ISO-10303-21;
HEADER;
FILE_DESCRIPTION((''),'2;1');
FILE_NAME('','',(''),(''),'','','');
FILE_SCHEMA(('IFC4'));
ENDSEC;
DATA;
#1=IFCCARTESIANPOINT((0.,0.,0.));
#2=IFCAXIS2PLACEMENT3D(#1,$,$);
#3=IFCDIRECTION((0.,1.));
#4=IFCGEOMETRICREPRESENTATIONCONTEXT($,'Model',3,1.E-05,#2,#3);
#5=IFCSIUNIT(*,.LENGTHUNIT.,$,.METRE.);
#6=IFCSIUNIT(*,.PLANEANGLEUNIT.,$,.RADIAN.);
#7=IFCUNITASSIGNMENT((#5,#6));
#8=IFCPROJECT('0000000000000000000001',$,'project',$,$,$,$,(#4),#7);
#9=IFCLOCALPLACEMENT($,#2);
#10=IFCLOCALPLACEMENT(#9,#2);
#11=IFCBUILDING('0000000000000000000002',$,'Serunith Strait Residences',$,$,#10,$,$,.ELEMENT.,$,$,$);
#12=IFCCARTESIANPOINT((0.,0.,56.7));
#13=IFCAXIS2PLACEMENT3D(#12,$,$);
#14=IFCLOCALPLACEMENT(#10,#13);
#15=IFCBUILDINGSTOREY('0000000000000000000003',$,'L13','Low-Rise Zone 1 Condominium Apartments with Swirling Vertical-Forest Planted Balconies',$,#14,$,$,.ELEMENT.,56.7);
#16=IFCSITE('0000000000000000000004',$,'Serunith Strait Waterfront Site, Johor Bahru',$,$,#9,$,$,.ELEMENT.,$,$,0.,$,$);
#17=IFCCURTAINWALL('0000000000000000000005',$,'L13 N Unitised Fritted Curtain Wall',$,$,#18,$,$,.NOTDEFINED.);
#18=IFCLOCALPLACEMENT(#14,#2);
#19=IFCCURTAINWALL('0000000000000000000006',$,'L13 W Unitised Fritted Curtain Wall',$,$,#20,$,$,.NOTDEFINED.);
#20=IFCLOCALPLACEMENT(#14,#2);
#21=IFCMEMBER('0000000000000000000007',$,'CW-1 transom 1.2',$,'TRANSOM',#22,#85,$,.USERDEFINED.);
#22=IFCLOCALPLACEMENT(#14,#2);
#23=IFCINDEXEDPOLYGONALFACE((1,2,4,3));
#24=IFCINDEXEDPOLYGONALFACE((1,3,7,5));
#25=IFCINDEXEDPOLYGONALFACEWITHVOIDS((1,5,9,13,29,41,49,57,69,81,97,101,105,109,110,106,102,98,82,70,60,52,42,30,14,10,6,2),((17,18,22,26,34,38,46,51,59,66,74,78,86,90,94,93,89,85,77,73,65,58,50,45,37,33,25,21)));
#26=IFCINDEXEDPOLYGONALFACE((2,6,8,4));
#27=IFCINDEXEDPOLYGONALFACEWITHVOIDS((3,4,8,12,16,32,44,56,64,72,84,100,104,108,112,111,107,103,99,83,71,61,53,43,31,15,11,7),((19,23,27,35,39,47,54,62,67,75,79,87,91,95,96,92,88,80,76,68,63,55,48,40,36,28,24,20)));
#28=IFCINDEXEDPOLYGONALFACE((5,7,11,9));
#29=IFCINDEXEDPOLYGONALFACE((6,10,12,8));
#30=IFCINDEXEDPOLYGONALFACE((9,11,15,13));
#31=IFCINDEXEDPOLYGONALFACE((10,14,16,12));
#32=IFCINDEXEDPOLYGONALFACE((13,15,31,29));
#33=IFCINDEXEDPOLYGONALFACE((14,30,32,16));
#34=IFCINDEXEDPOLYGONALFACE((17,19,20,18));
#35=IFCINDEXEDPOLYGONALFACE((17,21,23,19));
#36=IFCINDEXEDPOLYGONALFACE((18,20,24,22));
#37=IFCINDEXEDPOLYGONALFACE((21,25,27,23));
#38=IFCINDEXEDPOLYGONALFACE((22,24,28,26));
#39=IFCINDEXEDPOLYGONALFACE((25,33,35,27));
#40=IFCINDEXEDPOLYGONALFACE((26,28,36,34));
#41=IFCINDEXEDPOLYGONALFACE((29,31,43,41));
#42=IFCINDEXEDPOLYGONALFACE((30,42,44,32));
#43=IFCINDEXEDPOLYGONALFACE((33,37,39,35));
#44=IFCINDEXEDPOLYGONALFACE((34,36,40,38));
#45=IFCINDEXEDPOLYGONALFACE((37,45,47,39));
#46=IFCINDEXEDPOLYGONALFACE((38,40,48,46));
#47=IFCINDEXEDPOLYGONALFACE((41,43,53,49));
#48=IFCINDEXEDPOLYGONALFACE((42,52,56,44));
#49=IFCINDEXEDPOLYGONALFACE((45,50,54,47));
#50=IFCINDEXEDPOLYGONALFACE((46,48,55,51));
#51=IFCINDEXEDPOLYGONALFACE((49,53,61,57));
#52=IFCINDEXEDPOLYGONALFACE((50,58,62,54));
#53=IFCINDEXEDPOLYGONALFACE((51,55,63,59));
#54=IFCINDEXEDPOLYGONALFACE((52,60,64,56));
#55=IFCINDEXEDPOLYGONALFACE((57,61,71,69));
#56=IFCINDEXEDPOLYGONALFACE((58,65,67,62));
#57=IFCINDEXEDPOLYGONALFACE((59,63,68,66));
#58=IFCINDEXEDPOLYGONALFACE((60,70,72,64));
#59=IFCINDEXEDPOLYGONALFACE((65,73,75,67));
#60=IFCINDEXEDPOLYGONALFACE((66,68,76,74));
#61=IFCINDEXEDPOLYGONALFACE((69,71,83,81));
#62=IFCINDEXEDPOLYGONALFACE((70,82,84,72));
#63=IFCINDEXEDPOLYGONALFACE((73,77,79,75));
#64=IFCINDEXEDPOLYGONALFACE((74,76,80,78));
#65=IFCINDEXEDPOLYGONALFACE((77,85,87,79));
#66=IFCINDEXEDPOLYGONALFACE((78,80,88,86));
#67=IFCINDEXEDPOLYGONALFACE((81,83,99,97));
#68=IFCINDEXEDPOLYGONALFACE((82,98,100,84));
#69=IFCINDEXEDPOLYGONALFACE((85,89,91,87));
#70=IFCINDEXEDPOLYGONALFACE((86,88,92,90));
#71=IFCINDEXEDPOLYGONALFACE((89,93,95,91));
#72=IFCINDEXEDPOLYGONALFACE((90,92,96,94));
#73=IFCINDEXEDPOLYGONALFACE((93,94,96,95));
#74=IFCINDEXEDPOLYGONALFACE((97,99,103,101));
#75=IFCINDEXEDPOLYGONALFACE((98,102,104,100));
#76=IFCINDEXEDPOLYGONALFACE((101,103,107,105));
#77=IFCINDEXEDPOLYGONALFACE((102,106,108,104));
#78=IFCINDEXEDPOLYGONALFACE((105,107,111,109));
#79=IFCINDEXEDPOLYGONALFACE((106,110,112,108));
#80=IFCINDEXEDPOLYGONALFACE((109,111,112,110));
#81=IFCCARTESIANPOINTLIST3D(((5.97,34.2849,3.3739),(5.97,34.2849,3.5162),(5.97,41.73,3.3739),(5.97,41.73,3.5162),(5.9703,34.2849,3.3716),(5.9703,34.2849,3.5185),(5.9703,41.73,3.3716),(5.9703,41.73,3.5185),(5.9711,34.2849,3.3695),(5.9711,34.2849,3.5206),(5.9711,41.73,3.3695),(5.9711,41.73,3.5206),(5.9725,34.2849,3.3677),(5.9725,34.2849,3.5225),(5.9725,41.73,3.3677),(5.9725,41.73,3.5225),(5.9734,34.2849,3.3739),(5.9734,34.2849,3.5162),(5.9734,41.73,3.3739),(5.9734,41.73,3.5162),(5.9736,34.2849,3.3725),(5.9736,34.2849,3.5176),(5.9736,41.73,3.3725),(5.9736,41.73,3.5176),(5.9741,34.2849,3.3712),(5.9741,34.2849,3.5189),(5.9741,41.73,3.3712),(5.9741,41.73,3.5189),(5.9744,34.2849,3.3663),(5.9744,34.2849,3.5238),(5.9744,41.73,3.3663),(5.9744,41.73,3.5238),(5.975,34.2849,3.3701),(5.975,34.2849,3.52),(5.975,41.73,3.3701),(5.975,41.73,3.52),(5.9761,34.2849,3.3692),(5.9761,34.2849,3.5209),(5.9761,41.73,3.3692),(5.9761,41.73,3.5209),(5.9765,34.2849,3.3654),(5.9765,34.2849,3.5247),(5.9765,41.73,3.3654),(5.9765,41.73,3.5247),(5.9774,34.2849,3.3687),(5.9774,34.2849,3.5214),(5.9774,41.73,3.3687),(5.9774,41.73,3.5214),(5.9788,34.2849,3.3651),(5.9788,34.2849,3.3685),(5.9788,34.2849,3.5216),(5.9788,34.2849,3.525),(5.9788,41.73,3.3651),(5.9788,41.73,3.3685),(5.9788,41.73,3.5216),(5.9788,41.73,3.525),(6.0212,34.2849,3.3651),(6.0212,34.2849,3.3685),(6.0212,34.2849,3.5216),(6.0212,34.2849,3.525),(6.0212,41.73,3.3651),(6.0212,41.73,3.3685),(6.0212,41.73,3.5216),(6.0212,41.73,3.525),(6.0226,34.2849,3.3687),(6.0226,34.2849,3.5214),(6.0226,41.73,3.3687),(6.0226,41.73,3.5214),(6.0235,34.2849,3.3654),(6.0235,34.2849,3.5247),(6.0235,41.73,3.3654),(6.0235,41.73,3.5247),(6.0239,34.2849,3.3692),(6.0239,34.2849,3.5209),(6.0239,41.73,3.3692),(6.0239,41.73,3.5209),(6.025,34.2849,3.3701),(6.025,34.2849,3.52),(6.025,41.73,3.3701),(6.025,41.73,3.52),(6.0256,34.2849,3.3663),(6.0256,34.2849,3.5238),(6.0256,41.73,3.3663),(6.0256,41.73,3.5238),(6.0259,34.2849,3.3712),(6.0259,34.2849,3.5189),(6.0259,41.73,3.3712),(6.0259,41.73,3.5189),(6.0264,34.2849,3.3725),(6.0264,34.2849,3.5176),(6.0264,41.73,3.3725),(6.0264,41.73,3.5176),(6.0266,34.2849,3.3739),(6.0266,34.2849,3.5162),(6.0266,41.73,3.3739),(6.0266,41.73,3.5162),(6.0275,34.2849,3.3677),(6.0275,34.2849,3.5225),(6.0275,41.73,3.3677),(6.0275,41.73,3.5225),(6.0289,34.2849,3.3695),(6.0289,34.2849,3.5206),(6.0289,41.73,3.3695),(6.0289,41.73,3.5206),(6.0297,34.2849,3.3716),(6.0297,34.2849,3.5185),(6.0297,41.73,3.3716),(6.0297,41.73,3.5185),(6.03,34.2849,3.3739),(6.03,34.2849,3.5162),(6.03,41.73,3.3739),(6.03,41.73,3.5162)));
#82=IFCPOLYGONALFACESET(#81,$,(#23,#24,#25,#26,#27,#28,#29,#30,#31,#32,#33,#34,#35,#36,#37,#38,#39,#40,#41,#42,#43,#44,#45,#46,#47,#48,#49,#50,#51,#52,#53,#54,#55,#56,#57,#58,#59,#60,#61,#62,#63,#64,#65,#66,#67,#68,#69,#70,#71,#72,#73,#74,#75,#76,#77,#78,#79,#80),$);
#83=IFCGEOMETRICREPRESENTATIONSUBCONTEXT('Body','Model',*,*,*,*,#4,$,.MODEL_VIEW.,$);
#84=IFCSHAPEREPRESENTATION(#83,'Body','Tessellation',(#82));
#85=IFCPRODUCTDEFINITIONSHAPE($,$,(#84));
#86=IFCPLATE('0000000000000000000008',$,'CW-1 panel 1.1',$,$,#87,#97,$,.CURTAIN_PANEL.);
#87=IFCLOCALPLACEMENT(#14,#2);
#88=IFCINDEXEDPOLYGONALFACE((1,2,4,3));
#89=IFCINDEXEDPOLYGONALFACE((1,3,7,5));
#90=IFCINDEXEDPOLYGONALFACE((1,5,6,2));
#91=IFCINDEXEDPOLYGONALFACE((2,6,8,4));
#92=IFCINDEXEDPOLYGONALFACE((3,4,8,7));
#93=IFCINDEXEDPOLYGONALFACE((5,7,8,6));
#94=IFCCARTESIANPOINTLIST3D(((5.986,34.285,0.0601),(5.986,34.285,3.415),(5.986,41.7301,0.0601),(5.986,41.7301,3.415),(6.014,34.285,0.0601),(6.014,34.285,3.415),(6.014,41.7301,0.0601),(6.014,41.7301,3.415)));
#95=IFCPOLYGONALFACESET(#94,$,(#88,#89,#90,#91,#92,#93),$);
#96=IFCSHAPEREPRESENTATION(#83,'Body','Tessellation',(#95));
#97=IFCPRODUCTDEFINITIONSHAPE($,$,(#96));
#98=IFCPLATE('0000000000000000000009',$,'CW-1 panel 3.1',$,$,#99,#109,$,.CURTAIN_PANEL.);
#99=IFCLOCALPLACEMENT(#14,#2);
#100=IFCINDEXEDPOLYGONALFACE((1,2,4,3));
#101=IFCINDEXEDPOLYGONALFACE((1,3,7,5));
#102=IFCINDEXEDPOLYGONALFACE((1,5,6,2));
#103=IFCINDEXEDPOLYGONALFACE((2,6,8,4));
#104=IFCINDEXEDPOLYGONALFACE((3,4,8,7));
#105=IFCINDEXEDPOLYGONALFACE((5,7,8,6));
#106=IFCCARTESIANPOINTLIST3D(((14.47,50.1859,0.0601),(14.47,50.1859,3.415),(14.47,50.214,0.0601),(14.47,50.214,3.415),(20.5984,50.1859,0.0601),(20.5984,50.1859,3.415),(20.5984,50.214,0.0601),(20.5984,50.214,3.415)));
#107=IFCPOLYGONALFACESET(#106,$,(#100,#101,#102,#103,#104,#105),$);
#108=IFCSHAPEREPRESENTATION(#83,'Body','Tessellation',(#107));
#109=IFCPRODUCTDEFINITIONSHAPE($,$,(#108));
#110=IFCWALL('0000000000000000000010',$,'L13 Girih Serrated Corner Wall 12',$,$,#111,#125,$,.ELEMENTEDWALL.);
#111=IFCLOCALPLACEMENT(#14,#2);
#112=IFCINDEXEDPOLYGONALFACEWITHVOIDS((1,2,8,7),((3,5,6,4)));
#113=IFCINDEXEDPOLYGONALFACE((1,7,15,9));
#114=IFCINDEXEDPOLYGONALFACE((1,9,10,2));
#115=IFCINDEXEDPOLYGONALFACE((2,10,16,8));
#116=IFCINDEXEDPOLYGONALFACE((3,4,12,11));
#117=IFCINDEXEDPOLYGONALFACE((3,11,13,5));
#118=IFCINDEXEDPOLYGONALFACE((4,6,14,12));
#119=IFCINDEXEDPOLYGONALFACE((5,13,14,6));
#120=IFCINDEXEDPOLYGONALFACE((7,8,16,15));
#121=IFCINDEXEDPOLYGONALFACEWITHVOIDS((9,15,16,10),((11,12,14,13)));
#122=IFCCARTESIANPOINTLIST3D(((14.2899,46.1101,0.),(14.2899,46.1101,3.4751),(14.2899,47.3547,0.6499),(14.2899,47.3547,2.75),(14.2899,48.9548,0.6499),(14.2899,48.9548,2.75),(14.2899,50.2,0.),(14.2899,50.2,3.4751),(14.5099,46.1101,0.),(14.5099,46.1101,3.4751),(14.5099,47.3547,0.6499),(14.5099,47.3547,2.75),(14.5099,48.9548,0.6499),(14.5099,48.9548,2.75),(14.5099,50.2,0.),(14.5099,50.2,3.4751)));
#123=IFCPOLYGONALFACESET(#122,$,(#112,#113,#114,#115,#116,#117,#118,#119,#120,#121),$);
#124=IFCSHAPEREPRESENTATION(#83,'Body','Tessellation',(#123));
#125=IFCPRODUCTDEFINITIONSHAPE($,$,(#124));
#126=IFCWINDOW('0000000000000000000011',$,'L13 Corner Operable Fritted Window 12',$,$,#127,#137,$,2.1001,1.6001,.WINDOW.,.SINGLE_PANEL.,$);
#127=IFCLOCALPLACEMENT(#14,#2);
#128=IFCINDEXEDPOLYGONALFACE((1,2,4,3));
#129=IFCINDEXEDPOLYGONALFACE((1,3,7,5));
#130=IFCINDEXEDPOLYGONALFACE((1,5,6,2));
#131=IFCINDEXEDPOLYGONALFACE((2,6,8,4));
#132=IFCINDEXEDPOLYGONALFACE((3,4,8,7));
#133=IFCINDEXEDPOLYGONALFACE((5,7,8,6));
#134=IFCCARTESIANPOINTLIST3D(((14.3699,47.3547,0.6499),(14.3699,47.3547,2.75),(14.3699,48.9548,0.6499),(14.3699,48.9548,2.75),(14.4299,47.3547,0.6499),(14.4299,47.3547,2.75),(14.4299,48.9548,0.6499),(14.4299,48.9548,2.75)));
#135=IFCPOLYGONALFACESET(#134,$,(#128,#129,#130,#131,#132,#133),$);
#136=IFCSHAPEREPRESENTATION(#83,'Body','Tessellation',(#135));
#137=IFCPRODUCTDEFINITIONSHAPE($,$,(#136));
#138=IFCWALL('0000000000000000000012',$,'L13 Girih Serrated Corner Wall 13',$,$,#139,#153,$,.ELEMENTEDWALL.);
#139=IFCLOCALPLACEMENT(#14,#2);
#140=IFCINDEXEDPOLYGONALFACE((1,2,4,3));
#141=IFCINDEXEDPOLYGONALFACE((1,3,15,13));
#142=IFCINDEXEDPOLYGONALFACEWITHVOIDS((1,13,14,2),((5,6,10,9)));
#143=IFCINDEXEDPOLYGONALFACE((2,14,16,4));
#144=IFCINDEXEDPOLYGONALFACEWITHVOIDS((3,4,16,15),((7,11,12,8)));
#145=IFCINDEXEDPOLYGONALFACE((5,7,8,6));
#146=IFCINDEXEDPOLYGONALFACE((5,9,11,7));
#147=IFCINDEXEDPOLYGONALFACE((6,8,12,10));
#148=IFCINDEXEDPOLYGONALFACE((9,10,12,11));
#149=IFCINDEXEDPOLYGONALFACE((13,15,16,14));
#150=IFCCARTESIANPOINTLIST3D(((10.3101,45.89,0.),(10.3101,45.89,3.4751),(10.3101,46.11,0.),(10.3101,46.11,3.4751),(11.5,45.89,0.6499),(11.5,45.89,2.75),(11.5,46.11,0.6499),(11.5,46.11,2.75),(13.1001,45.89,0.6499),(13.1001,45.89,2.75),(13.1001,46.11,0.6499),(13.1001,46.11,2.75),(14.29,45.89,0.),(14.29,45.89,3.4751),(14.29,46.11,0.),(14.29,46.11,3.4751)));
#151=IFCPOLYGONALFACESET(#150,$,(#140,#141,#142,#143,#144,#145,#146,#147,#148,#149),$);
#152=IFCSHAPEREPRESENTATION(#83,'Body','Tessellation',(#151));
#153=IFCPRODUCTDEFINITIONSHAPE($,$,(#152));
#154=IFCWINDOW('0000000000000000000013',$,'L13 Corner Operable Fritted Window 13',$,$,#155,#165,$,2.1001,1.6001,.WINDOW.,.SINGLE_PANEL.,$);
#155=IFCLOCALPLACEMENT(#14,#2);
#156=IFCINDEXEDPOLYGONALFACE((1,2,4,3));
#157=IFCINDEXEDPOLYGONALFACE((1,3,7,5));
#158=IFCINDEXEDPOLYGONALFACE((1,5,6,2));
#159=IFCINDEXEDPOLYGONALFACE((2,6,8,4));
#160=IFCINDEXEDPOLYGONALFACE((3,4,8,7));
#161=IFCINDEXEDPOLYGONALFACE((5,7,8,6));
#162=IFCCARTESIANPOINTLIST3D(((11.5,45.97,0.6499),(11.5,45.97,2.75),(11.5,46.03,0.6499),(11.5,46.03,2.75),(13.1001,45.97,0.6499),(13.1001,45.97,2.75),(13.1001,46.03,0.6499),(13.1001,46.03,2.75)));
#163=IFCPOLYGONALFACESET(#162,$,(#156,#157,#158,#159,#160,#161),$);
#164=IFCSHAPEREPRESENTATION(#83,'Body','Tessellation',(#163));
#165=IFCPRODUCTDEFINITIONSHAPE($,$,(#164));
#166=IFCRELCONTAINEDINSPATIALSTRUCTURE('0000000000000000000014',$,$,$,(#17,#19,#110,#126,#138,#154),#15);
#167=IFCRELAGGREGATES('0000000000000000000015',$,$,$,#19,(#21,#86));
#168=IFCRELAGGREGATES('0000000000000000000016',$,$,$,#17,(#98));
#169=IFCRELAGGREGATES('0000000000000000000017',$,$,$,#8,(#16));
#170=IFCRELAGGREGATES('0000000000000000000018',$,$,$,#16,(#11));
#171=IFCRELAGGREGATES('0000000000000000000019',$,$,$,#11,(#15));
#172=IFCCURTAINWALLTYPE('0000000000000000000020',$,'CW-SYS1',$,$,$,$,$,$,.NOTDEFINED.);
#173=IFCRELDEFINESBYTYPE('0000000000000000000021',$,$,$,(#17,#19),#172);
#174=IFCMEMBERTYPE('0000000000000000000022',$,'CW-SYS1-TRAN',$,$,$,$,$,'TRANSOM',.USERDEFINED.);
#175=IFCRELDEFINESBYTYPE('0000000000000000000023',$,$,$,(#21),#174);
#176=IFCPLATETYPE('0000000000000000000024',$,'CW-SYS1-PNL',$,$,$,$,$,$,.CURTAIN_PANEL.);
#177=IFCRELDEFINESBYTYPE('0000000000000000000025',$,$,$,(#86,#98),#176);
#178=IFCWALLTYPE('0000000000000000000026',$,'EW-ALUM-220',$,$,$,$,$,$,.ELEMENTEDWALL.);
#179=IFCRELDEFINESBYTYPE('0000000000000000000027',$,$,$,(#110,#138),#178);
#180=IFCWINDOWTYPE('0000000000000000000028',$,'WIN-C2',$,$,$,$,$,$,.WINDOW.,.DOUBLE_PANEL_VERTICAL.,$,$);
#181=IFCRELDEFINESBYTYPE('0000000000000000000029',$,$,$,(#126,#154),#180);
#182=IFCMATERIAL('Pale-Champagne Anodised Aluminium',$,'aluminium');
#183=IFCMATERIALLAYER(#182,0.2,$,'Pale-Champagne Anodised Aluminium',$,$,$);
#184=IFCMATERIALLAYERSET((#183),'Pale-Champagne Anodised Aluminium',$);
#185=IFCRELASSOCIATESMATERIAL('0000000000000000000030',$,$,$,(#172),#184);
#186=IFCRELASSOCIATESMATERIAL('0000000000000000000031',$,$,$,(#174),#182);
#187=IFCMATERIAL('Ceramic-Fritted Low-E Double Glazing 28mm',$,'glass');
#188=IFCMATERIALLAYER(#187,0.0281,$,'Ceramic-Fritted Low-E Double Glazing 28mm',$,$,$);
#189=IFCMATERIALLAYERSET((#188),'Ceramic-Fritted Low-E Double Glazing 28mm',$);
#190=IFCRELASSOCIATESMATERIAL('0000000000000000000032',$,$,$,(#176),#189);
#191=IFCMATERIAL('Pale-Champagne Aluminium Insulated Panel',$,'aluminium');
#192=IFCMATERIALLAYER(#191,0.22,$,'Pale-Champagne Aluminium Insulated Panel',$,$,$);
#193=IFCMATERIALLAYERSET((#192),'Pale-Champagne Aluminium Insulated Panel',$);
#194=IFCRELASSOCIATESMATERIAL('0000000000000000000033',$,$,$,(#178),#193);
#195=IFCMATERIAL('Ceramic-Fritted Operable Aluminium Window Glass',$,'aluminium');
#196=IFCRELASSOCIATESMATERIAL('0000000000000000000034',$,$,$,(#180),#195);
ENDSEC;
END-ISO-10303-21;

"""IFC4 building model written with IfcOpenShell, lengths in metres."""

from ifc_helpers import new_model, si_unit, direction, frame, frame_2d, origin, origin_2d, place, context, subcontext, project, spatial, rectangle, hollow_rectangle, extrude, source, transform, mapped, material, layer, layer_set, material_profile, profile_set, type_object, element, fill, aggregate, save


model = new_model("IFC4")

# Units and contexts
model_context = context("Model", 3, precision=1e-05, world=origin(), true_north=direction((0.0, 1.0)))
body_context = subcontext(model_context, "Body", "Model", "MODEL_VIEW")
ifc_project = project(units=[si_unit("LENGTHUNIT", "METRE"), si_unit("PLANEANGLEUNIT", "RADIAN")], contexts=[model_context])

# Site, building, storey
site_placement = place(None, origin())
site = spatial("IfcSite", under=ifc_project, at=site_placement, Name="Serunith Strait Waterfront Site, Johor Bahru", CompositionType="ELEMENT", RefElevation=0.0)
building_placement = place(site_placement, origin())
building = spatial("IfcBuilding", under=site, at=building_placement, Name="Serunith Strait Residences", CompositionType="ELEMENT")
storey_placement = place(building_placement, frame((0.0, 0.0, 56.7)))
storey = spatial("IfcBuildingStorey", under=building, at=storey_placement, Name="L13", Description="Low-Rise Zone 1 Condominium Apartments with Swirling Vertical-Forest Planted Balconies", CompositionType="ELEMENT", Elevation=56.7)

# Curtain wall
ifc_material_1 = material(Name="Pale-Champagne Anodised Aluminium", Category="aluminium")
ifc_layer_1 = layer(ifc_material_1, 0.2, Name="Pale-Champagne Anodised Aluminium")
ifc_layer_set_1 = layer_set([ifc_layer_1], Name="Pale-Champagne Anodised Aluminium")
curtain_wall_type = type_object("IfcCurtainWallType", Name="CW-SYS1", PredefinedType="NOTDEFINED", material=ifc_layer_set_1)
curtain_wall_1_placement = place(storey_placement, origin())
curtain_wall_1 = element("IfcCurtainWall", 1, at=curtain_wall_1_placement, inside=storey, type_object=curtain_wall_type, Name="L13 N Unitised Fritted Curtain Wall", PredefinedType="NOTDEFINED")

# Curtain wall, member, plate
curtain_wall_2_placement = place(storey_placement, origin())
curtain_wall_2 = element("IfcCurtainWall", 2, at=curtain_wall_2_placement, inside=storey, type_object=curtain_wall_type, Name="L13 W Unitised Fritted Curtain Wall", PredefinedType="NOTDEFINED")
ifc_material_profile_1 = material_profile(ifc_material_1, hollow_rectangle(XDim=0.0601, YDim=0.1599, WallThickness=0.0034, InnerFilletRadius=0.0054, OuterFilletRadius=0.0088, at=origin_2d()), Name="ALU 160x60x3.5")
ifc_profile_set_1 = profile_set([ifc_material_profile_1], Name="Pale-Champagne Anodised Aluminium")
member_type_1 = type_object("IfcMemberType", Name="CW-SYS1-TRAN", ElementType="TRANSOM", PredefinedType="USERDEFINED", material=ifc_profile_set_1)
shared_shape_1 = source(origin(), body_context, "Body", "SweptSolid", [
    extrude(hollow_rectangle(XDim=0.0601, YDim=0.1599, WallThickness=0.0034, InnerFilletRadius=0.0054, OuterFilletRadius=0.0088, at=origin_2d()), origin(), (0.0, 0.0, 1.0), 7.4451),
])
member_1_placement = place(storey_placement, frame((6.0, 41.73, 3.4451), z_axis=(0.0, -1.0, 0.0), x_axis=(1.0, 0.0, 0.0)))
member_1 = element("IfcMember", 3, at=member_1_placement, type_object=member_type_1, Name="CW-1 transom 1.2", ObjectType="TRANSOM", PredefinedType="USERDEFINED", context=body_context, shape_type="MappedRepresentation", body=[
    mapped(shared_shape_1, transform((0.0, 0.0, 0.0), scale=1.0)),
])
ifc_material_2 = material(Name="Ceramic-Fritted Low-E Double Glazing 28mm", Category="glass")
ifc_layer_2 = layer(ifc_material_2, 0.0281, Name="Ceramic-Fritted Low-E Double Glazing 28mm")
ifc_layer_set_2 = layer_set([ifc_layer_2], Name="Ceramic-Fritted Low-E Double Glazing 28mm")
plate_type = type_object("IfcPlateType", Name="CW-SYS1-PNL", PredefinedType="CURTAIN_PANEL", material=ifc_layer_set_2)
shared_shape_2 = source(origin(), body_context, "Body", "SweptSolid", [
    extrude(rectangle(XDim=7.4451, YDim=0.0281, at=origin_2d()), origin(), (0.0, 0.0, 1.0), 3.355),
])
plate_1_placement = place(storey_placement, frame((6.0, 38.0076, 0.0601), z_axis=(0.0, 0.0, 1.0), x_axis=(0.0, -1.0, 0.0)))
plate_1 = element("IfcPlate", 4, at=plate_1_placement, type_object=plate_type, Name="CW-1 panel 1.1", PredefinedType="CURTAIN_PANEL", context=body_context, shape_type="MappedRepresentation", body=[
    mapped(shared_shape_2, transform((0.0, 0.0, 0.0), scale=1.0)),
])
aggregate(curtain_wall_2, [member_1, plate_1])

# Plate
shared_shape_3 = source(origin(), body_context, "Body", "SweptSolid", [
    extrude(rectangle(XDim=6.1284, YDim=0.0281, at=origin_2d()), origin(), (0.0, 0.0, 1.0), 3.355),
])
plate_2_placement = place(storey_placement, frame((17.5342, 50.2, 0.0601), z_axis=(0.0, 0.0, 1.0), x_axis=(-1.0, 0.0, 0.0)))
plate_2 = element("IfcPlate", 5, at=plate_2_placement, type_object=plate_type, Name="CW-1 panel 3.1", PredefinedType="CURTAIN_PANEL", context=body_context, shape_type="MappedRepresentation", body=[
    mapped(shared_shape_3, transform((0.0, 0.0, 0.0), scale=1.0)),
])
aggregate(curtain_wall_1, [plate_2])

# Walls, openings, windows
ifc_material_3 = material(Name="Pale-Champagne Aluminium Insulated Panel", Category="aluminium")
ifc_layer_3 = layer(ifc_material_3, 0.22, Name="Pale-Champagne Aluminium Insulated Panel")
ifc_layer_set_3 = layer_set([ifc_layer_3], Name="Pale-Champagne Aluminium Insulated Panel")
wall_type_1 = type_object("IfcWallType", Name="EW-ALUM-220", PredefinedType="ELEMENTEDWALL", material=ifc_layer_set_3)
wall_1_placement = place(storey_placement, frame((14.3999, 50.2, 0.0), z_axis=(0.0, 0.0, 1.0), x_axis=(0.0, -1.0, 0.0)))
wall_1 = element("IfcWall", 6, at=wall_1_placement, inside=storey, type_object=wall_type_1, Name="L13 Girih Serrated Corner Wall 12", PredefinedType="ELEMENTEDWALL", context=body_context, shape_type="SweptSolid", body=[
    extrude(rectangle(XDim=4.0898, YDim=0.22, at=frame_2d((2.0449, 0.0))), origin(), (0.0, 0.0, 1.0), 3.4751),
])
opening_1_placement = place(wall_1_placement, frame((1.2451, 0.0, 0.6499)))
opening_1 = element("IfcOpeningElement", 7, at=opening_1_placement, cuts=wall_1, PredefinedType="OPENING", context=body_context, shape_type="SweptSolid", body=[
    extrude(rectangle(XDim=1.6001, YDim=2.1001, at=frame_2d((0.8, 1.05))), frame((0.0, 0.1201, 0.0), z_axis=(0.0, -1.0, 0.0), x_axis=(1.0, 0.0, 0.0)), (0.0, 0.0, 1.0), 0.24),
])
ifc_material_4 = material(Name="Ceramic-Fritted Operable Aluminium Window Glass", Category="aluminium")
window_type = type_object("IfcWindowType", Name="WIN-C2", PartitioningType="DOUBLE_PANEL_VERTICAL", PredefinedType="WINDOW", material=ifc_material_4)
shared_shape_4 = source(origin(), body_context, "Body", "SweptSolid", [
    extrude(rectangle(XDim=1.6001, YDim=2.1001, at=frame_2d((0.8, 1.05))), frame((0.0, 0.03, 0.0), z_axis=(0.0, -1.0, 0.0), x_axis=(1.0, 0.0, 0.0)), (0.0, 0.0, 1.0), 0.0601),
])
window_1_placement = place(opening_1_placement, origin())
window_1 = element("IfcWindow", 8, at=window_1_placement, inside=storey, type_object=window_type, Name="L13 Corner Operable Fritted Window 12", OverallHeight=2.1001, OverallWidth=1.6001, PartitioningType="SINGLE_PANEL", PredefinedType="WINDOW", context=body_context, shape_type="MappedRepresentation", body=[
    mapped(shared_shape_4, transform((0.0, 0.0, 0.0), scale=1.0)),
])
fill(opening_1, window_1)
wall_2_placement = place(storey_placement, frame((14.29, 46.0, 0.0), z_axis=(0.0, 0.0, 1.0), x_axis=(-1.0, 0.0, 0.0)))
wall_2 = element("IfcWall", 9, at=wall_2_placement, inside=storey, type_object=wall_type_1, Name="L13 Girih Serrated Corner Wall 13", PredefinedType="ELEMENTEDWALL", context=body_context, shape_type="SweptSolid", body=[
    extrude(rectangle(XDim=3.98, YDim=0.22, at=frame_2d((1.99, 0.0))), origin(), (0.0, 0.0, 1.0), 3.4751),
])
opening_2_placement = place(wall_2_placement, frame((1.1899, 0.0, 0.6499)))
opening_2 = element("IfcOpeningElement", 10, at=opening_2_placement, cuts=wall_2, PredefinedType="OPENING", context=body_context, shape_type="SweptSolid", body=[
    extrude(rectangle(XDim=1.6001, YDim=2.1001, at=frame_2d((0.8, 1.05))), frame((0.0, 0.1201, 0.0), z_axis=(0.0, -1.0, 0.0), x_axis=(1.0, 0.0, 0.0)), (0.0, 0.0, 1.0), 0.24),
])
window_2_placement = place(opening_2_placement, origin())
window_2 = element("IfcWindow", 11, at=window_2_placement, inside=storey, type_object=window_type, Name="L13 Corner Operable Fritted Window 13", OverallHeight=2.1001, OverallWidth=1.6001, PartitioningType="SINGLE_PANEL", PredefinedType="WINDOW", context=body_context, shape_type="MappedRepresentation", body=[
    mapped(shared_shape_4, transform((0.0, 0.0, 0.0), scale=1.0)),
])
fill(opening_2, window_2)

save(model, "model.ifc")
